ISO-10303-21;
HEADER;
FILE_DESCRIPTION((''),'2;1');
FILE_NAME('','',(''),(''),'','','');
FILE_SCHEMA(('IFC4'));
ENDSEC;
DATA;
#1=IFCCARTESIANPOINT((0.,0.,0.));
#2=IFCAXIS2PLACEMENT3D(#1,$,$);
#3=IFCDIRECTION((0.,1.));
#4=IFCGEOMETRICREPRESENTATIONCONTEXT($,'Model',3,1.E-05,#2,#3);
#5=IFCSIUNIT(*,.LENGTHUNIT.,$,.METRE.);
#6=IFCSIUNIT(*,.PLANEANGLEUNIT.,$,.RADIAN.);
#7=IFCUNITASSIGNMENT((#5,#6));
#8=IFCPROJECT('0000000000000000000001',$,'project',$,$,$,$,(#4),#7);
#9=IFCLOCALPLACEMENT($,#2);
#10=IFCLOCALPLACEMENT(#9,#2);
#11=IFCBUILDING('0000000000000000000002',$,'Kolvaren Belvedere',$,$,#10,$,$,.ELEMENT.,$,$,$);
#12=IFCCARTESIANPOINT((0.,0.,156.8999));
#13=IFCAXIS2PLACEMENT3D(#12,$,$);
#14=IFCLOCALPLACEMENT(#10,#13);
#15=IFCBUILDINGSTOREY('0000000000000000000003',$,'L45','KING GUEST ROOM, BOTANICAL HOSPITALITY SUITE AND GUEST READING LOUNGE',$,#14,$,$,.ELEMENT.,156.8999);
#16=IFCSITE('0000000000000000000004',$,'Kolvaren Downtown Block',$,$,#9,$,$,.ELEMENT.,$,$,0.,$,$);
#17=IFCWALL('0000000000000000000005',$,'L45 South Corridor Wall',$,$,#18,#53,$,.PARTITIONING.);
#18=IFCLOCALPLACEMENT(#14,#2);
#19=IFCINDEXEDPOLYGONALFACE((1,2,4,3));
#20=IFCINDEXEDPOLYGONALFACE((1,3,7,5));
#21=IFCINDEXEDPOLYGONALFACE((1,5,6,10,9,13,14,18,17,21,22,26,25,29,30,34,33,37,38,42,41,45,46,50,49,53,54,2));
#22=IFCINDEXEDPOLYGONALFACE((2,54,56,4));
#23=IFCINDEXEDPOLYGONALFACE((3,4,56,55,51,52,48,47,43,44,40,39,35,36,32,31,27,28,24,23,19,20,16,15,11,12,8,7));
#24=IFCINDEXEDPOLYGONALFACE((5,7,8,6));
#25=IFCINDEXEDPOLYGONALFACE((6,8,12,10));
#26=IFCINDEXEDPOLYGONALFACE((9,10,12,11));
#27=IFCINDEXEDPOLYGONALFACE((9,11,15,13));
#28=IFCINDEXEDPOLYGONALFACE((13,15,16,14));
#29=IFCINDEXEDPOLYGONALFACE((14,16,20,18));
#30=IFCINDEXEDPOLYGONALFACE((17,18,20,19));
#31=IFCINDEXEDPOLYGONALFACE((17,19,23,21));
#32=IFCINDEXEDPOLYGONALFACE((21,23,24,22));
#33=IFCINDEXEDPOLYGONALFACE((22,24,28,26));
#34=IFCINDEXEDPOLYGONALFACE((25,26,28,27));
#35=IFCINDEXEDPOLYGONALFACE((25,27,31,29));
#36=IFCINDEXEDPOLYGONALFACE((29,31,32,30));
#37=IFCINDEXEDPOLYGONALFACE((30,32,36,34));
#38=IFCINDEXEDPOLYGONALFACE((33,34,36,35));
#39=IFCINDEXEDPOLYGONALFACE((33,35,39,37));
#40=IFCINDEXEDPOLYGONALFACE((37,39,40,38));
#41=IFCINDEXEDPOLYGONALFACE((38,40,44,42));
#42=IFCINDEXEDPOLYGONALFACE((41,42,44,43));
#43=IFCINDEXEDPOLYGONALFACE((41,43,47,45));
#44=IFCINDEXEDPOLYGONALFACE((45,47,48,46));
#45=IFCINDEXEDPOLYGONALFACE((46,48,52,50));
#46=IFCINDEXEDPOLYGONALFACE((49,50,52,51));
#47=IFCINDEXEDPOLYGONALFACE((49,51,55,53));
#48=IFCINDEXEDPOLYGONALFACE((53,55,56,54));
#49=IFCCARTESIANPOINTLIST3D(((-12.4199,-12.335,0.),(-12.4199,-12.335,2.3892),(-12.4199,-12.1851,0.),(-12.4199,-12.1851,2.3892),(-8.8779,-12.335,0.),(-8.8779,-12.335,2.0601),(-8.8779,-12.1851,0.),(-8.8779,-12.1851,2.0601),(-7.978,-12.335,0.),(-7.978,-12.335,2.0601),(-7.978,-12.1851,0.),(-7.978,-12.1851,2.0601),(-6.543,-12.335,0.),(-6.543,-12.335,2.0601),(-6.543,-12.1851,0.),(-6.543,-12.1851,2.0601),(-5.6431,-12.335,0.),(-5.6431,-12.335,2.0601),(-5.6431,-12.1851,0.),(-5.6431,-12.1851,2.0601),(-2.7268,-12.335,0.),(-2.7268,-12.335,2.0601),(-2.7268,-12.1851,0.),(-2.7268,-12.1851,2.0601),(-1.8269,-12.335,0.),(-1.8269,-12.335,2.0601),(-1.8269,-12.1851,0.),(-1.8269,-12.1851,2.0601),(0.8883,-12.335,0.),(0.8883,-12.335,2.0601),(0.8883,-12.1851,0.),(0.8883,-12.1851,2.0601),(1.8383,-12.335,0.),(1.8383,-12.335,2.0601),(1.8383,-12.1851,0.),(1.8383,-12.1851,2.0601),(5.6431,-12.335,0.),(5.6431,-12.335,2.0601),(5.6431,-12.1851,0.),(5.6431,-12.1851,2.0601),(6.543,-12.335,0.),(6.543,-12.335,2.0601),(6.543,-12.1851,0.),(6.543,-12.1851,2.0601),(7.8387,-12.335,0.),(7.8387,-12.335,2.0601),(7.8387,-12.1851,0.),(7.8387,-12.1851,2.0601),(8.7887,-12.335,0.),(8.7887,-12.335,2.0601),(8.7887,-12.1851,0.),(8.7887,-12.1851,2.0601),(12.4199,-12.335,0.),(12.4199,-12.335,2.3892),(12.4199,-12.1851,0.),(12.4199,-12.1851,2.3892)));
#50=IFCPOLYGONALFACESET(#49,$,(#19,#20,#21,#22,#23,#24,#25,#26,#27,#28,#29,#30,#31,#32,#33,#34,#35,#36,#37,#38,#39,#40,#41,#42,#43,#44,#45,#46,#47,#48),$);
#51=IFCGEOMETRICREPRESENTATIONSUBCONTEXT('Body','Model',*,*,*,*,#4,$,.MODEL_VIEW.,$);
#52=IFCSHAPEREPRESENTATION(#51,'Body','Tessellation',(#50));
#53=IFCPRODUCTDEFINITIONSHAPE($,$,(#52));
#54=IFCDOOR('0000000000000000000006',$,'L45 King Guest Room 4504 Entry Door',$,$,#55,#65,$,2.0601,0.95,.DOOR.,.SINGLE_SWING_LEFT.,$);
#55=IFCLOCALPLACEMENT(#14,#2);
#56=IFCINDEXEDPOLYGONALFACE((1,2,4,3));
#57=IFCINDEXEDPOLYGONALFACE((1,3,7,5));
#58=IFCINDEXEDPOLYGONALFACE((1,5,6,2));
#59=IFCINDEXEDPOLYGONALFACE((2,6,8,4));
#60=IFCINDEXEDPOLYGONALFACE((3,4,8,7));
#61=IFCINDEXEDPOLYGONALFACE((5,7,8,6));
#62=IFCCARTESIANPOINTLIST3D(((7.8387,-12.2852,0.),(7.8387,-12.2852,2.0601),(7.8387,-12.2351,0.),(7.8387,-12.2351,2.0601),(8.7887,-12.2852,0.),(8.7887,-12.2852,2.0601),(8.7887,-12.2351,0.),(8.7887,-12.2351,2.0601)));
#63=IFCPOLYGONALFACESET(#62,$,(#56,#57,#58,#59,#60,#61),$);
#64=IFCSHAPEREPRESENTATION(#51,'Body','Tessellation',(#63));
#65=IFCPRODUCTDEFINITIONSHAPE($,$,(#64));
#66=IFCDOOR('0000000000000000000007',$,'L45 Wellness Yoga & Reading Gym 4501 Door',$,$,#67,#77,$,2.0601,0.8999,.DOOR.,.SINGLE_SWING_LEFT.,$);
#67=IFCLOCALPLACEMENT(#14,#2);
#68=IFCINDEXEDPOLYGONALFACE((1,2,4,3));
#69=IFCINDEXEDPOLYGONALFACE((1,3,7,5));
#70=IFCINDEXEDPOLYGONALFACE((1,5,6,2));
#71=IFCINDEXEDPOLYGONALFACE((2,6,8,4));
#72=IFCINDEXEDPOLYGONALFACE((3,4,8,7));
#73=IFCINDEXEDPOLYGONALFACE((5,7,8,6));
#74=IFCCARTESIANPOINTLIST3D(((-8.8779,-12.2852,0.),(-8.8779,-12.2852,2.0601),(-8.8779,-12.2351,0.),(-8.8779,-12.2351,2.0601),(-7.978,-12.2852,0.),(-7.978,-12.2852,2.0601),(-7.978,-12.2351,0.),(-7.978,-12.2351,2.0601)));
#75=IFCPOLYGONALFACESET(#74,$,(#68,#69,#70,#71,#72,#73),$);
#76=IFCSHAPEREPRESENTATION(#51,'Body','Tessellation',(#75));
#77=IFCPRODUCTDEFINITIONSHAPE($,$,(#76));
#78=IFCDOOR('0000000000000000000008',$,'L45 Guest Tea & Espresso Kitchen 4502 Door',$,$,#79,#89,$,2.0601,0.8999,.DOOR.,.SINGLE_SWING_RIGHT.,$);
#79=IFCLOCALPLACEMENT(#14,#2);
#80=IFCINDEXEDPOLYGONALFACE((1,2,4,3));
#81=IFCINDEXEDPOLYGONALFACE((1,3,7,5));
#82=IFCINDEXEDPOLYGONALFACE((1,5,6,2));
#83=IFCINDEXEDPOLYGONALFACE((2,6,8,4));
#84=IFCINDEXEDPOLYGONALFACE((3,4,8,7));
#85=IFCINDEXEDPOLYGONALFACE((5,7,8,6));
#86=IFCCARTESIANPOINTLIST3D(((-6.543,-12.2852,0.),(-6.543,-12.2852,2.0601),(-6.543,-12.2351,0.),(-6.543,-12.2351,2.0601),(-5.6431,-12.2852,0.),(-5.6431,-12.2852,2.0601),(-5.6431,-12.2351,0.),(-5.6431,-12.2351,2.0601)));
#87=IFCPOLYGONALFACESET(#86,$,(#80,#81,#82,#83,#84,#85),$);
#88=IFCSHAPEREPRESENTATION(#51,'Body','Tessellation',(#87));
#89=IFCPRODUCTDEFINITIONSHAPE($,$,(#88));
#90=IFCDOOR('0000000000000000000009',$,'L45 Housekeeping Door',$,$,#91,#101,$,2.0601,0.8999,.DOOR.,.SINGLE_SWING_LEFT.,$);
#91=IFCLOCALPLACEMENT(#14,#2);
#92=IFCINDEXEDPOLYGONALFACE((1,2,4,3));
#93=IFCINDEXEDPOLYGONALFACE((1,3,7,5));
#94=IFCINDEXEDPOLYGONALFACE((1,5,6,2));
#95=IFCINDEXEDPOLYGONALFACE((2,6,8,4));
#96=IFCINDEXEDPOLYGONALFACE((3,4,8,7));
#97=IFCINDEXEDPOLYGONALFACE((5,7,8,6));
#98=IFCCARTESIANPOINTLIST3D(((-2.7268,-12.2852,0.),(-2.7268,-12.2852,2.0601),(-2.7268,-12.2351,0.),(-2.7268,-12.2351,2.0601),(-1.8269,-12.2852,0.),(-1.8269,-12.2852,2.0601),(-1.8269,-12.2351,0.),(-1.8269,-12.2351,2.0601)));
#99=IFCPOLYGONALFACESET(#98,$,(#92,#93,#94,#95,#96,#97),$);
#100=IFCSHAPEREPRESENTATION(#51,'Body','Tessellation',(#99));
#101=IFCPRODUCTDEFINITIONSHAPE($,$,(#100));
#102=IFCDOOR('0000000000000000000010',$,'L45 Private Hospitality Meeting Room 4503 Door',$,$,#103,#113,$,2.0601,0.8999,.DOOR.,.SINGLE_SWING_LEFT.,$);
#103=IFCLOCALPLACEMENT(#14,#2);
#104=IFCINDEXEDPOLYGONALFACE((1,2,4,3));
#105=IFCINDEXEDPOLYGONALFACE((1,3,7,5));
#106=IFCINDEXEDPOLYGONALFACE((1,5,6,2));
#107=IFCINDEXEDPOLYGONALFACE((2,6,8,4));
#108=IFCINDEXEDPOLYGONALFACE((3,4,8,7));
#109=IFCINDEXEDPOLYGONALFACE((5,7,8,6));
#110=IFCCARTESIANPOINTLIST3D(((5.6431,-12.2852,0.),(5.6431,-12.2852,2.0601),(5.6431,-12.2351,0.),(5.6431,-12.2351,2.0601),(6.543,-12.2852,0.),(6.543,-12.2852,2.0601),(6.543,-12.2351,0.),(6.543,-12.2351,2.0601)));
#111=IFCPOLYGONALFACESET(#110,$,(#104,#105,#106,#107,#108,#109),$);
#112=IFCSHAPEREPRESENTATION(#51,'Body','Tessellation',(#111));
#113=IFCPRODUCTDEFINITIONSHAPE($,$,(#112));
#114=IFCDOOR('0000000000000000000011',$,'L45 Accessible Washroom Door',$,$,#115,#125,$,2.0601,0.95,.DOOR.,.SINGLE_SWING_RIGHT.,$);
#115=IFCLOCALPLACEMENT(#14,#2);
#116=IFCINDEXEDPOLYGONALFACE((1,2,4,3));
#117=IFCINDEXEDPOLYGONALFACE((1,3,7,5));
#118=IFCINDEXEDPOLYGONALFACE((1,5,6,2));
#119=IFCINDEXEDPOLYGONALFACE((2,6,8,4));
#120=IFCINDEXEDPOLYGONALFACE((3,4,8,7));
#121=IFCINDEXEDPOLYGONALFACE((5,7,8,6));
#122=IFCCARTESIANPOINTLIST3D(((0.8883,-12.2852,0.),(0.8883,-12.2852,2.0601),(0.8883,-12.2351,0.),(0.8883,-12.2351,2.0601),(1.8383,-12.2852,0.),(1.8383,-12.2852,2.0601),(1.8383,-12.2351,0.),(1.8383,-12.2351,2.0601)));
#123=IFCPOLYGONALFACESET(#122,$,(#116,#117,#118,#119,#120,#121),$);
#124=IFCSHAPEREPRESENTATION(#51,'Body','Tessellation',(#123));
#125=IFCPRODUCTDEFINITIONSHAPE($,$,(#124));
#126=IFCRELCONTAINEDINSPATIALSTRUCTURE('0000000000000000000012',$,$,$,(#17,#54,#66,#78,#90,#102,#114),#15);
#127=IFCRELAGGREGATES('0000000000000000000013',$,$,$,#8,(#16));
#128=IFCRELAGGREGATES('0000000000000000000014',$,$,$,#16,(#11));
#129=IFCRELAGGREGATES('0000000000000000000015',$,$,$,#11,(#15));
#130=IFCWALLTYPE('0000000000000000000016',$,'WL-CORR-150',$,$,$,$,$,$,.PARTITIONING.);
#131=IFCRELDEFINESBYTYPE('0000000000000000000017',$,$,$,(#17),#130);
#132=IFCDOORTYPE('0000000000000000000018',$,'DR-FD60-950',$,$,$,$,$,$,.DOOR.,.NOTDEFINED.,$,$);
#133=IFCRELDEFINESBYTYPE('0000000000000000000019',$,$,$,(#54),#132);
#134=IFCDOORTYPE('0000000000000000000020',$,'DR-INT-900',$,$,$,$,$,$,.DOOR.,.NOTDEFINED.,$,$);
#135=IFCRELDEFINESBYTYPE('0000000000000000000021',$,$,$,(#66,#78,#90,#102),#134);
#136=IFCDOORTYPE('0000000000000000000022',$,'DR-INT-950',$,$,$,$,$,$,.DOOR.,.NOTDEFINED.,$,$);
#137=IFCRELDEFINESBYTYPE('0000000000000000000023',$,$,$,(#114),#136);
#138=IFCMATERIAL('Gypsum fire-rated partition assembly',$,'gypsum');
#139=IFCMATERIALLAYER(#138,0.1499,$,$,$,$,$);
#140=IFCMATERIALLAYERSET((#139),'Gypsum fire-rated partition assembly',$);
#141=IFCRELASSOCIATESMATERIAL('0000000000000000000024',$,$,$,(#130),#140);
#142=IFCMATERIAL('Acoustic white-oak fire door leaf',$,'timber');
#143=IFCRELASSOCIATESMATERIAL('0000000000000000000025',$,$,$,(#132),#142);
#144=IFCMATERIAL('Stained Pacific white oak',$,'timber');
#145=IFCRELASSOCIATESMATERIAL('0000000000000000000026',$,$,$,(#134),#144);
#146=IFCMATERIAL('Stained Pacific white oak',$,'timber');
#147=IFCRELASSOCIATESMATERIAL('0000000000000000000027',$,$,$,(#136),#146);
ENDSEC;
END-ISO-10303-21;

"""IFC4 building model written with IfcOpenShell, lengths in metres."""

from ifc_helpers import new_model, si_unit, direction, frame, frame_2d, origin, place, context, subcontext, project, spatial, rectangle, extrude, material, layer, layer_set, type_object, element, fill, save


model = new_model("IFC4")

# Units and contexts
model_context = context("Model", 3, precision=1e-05, world=origin(), true_north=direction((0.0, 1.0)))
body_context = subcontext(model_context, "Body", "Model", "MODEL_VIEW")
ifc_project = project(units=[si_unit("LENGTHUNIT", "METRE"), si_unit("PLANEANGLEUNIT", "RADIAN")], contexts=[model_context])

# Site, building, storey
site_placement = place(None, origin())
site = spatial("IfcSite", under=ifc_project, at=site_placement, Name="Kolvaren Downtown Block", CompositionType="ELEMENT", RefElevation=0.0)
building_placement = place(site_placement, origin())
building = spatial("IfcBuilding", under=site, at=building_placement, Name="Kolvaren Belvedere", CompositionType="ELEMENT")
storey_placement = place(building_placement, frame((0.0, 0.0, 156.8999)))
storey = spatial("IfcBuildingStorey", under=building, at=storey_placement, Name="L45", Description="KING GUEST ROOM, BOTANICAL HOSPITALITY SUITE AND GUEST READING LOUNGE", CompositionType="ELEMENT", Elevation=156.8999)

# Wall, openings, doors
ifc_material_1 = material(Name="Gypsum fire-rated partition assembly", Category="gypsum")
ifc_layer_1 = layer(ifc_material_1, 0.1499)
ifc_layer_set_1 = layer_set([ifc_layer_1], Name="Gypsum fire-rated partition assembly")
wall_type_1 = type_object("IfcWallType", Name="WL-CORR-150", PredefinedType="PARTITIONING", material=ifc_layer_set_1)
wall_1_placement = place(storey_placement, frame((-12.4199, -12.26, 0.0), z_axis=(0.0, 0.0, 1.0), x_axis=(1.0, 0.0, 0.0)))
wall_1 = element("IfcWall", 1, at=wall_1_placement, inside=storey, type_object=wall_type_1, Name="L45 South Corridor Wall", PredefinedType="PARTITIONING", context=body_context, shape_type="SweptSolid", body=[
    extrude(rectangle(XDim=24.8398, YDim=0.1499, at=frame_2d((12.4199, 0.0))), origin(), (0.0, 0.0, 1.0), 2.3892),
])
opening_1_placement = place(wall_1_placement, frame((3.542, 0.0, 0.0)))
opening_1 = element("IfcOpeningElement", 2, at=opening_1_placement, cuts=wall_1, PredefinedType="OPENING", context=body_context, shape_type="SweptSolid", body=[
    extrude(rectangle(XDim=0.8999, YDim=2.0601, at=frame_2d((0.45, 1.03))), frame((0.0, 0.085, 0.0), z_axis=(0.0, -1.0, 0.0), x_axis=(1.0, 0.0, 0.0)), (0.0, 0.0, 1.0), 0.1699),
])
opening_2_placement = place(wall_1_placement, frame((5.877, 0.0, 0.0)))
opening_2 = element("IfcOpeningElement", 3, at=opening_2_placement, cuts=wall_1, PredefinedType="OPENING", context=body_context, shape_type="SweptSolid", body=[
    extrude(rectangle(XDim=0.8999, YDim=2.0601, at=frame_2d((0.45, 1.03))), frame((0.0, 0.085, 0.0), z_axis=(0.0, -1.0, 0.0), x_axis=(1.0, 0.0, 0.0)), (0.0, 0.0, 1.0), 0.1699),
])
opening_3_placement = place(wall_1_placement, frame((9.6931, 0.0, 0.0)))
opening_3 = element("IfcOpeningElement", 4, at=opening_3_placement, cuts=wall_1, PredefinedType="OPENING", context=body_context, shape_type="SweptSolid", body=[
    extrude(rectangle(XDim=0.8999, YDim=2.0601, at=frame_2d((0.45, 1.03))), frame((0.0, 0.085, 0.0), z_axis=(0.0, -1.0, 0.0), x_axis=(1.0, 0.0, 0.0)), (0.0, 0.0, 1.0), 0.1699),
])
opening_4_placement = place(wall_1_placement, frame((13.3081, 0.0, 0.0)))
opening_4 = element("IfcOpeningElement", 5, at=opening_4_placement, cuts=wall_1, PredefinedType="OPENING", context=body_context, shape_type="SweptSolid", body=[
    extrude(rectangle(XDim=0.95, YDim=2.0601, at=frame_2d((0.4751, 1.03))), frame((0.0, 0.085, 0.0), z_axis=(0.0, -1.0, 0.0), x_axis=(1.0, 0.0, 0.0)), (0.0, 0.0, 1.0), 0.1699),
])
opening_5_placement = place(wall_1_placement, frame((18.063, 0.0, 0.0)))
opening_5 = element("IfcOpeningElement", 6, at=opening_5_placement, cuts=wall_1, PredefinedType="OPENING", context=body_context, shape_type="SweptSolid", body=[
    extrude(rectangle(XDim=0.8999, YDim=2.0601, at=frame_2d((0.45, 1.03))), frame((0.0, 0.085, 0.0), z_axis=(0.0, -1.0, 0.0), x_axis=(1.0, 0.0, 0.0)), (0.0, 0.0, 1.0), 0.1699),
])
opening_6_placement = place(wall_1_placement, frame((20.2585, 0.0, 0.0)))
opening_6 = element("IfcOpeningElement", 7, at=opening_6_placement, cuts=wall_1, PredefinedType="OPENING", context=body_context, shape_type="SweptSolid", body=[
    extrude(rectangle(XDim=0.95, YDim=2.0601, at=frame_2d((0.4751, 1.03))), frame((0.0, 0.085, 0.0), z_axis=(0.0, -1.0, 0.0), x_axis=(1.0, 0.0, 0.0)), (0.0, 0.0, 1.0), 0.1699),
])
ifc_material_2 = material(Name="Acoustic white-oak fire door leaf", Category="timber")
door_type_1 = type_object("IfcDoorType", Name="DR-FD60-950", OperationType="NOTDEFINED", PredefinedType="DOOR", material=ifc_material_2)
door_1_placement = place(opening_6_placement, origin())
door_1 = element("IfcDoor", 8, at=door_1_placement, inside=storey, type_object=door_type_1, Name="L45 King Guest Room 4504 Entry Door", OperationType="SINGLE_SWING_LEFT", OverallHeight=2.0601, OverallWidth=0.95, PredefinedType="DOOR", context=body_context, shape_type="SweptSolid", body=[
    extrude(rectangle(XDim=0.95, YDim=2.0601, at=frame_2d((0.4751, 1.03))), frame((0.0, 0.0249, 0.0), z_axis=(0.0, -1.0, 0.0), x_axis=(1.0, 0.0, 0.0)), (0.0, 0.0, 1.0), 0.05),
])
fill(opening_6, door_1)
ifc_material_3 = material(Name="Stained Pacific white oak", Category="timber")
door_type_2 = type_object("IfcDoorType", Name="DR-INT-900", OperationType="NOTDEFINED", PredefinedType="DOOR", material=ifc_material_3)
door_2_placement = place(opening_1_placement, origin())
door_2 = element("IfcDoor", 9, at=door_2_placement, inside=storey, type_object=door_type_2, Name="L45 Wellness Yoga & Reading Gym 4501 Door", OperationType="SINGLE_SWING_LEFT", OverallHeight=2.0601, OverallWidth=0.8999, PredefinedType="DOOR", context=body_context, shape_type="SweptSolid", body=[
    extrude(rectangle(XDim=0.8999, YDim=2.0601, at=frame_2d((0.45, 1.03))), frame((0.0, 0.0249, 0.0), z_axis=(0.0, -1.0, 0.0), x_axis=(1.0, 0.0, 0.0)), (0.0, 0.0, 1.0), 0.05),
])
fill(opening_1, door_2)
door_3_placement = place(opening_2_placement, origin())
door_3 = element("IfcDoor", 10, at=door_3_placement, inside=storey, type_object=door_type_2, Name="L45 Guest Tea & Espresso Kitchen 4502 Door", OperationType="SINGLE_SWING_RIGHT", OverallHeight=2.0601, OverallWidth=0.8999, PredefinedType="DOOR", context=body_context, shape_type="SweptSolid", body=[
    extrude(rectangle(XDim=0.8999, YDim=2.0601, at=frame_2d((0.45, 1.03))), frame((0.0, 0.0249, 0.0), z_axis=(0.0, -1.0, 0.0), x_axis=(1.0, 0.0, 0.0)), (0.0, 0.0, 1.0), 0.05),
])
fill(opening_2, door_3)
door_4_placement = place(opening_3_placement, origin())
door_4 = element("IfcDoor", 11, at=door_4_placement, inside=storey, type_object=door_type_2, Name="L45 Housekeeping Door", OperationType="SINGLE_SWING_LEFT", OverallHeight=2.0601, OverallWidth=0.8999, PredefinedType="DOOR", context=body_context, shape_type="SweptSolid", body=[
    extrude(rectangle(XDim=0.8999, YDim=2.0601, at=frame_2d((0.45, 1.03))), frame((0.0, 0.0249, 0.0), z_axis=(0.0, -1.0, 0.0), x_axis=(1.0, 0.0, 0.0)), (0.0, 0.0, 1.0), 0.05),
])
fill(opening_3, door_4)
door_5_placement = place(opening_5_placement, origin())
door_5 = element("IfcDoor", 12, at=door_5_placement, inside=storey, type_object=door_type_2, Name="L45 Private Hospitality Meeting Room 4503 Door", OperationType="SINGLE_SWING_LEFT", OverallHeight=2.0601, OverallWidth=0.8999, PredefinedType="DOOR", context=body_context, shape_type="SweptSolid", body=[
    extrude(rectangle(XDim=0.8999, YDim=2.0601, at=frame_2d((0.45, 1.03))), frame((0.0, 0.0249, 0.0), z_axis=(0.0, -1.0, 0.0), x_axis=(1.0, 0.0, 0.0)), (0.0, 0.0, 1.0), 0.05),
])
fill(opening_5, door_5)
ifc_material_4 = material(Name="Stained Pacific white oak", Category="timber")
door_type_3 = type_object("IfcDoorType", Name="DR-INT-950", OperationType="NOTDEFINED", PredefinedType="DOOR", material=ifc_material_4)
door_6_placement = place(opening_4_placement, origin())
door_6 = element("IfcDoor", 13, at=door_6_placement, inside=storey, type_object=door_type_3, Name="L45 Accessible Washroom Door", OperationType="SINGLE_SWING_RIGHT", OverallHeight=2.0601, OverallWidth=0.95, PredefinedType="DOOR", context=body_context, shape_type="SweptSolid", body=[
    extrude(rectangle(XDim=0.95, YDim=2.0601, at=frame_2d((0.4751, 1.03))), frame((0.0, 0.0249, 0.0), z_axis=(0.0, -1.0, 0.0), x_axis=(1.0, 0.0, 0.0)), (0.0, 0.0, 1.0), 0.05),
])
fill(opening_4, door_6)

save(model, "model.ifc")
